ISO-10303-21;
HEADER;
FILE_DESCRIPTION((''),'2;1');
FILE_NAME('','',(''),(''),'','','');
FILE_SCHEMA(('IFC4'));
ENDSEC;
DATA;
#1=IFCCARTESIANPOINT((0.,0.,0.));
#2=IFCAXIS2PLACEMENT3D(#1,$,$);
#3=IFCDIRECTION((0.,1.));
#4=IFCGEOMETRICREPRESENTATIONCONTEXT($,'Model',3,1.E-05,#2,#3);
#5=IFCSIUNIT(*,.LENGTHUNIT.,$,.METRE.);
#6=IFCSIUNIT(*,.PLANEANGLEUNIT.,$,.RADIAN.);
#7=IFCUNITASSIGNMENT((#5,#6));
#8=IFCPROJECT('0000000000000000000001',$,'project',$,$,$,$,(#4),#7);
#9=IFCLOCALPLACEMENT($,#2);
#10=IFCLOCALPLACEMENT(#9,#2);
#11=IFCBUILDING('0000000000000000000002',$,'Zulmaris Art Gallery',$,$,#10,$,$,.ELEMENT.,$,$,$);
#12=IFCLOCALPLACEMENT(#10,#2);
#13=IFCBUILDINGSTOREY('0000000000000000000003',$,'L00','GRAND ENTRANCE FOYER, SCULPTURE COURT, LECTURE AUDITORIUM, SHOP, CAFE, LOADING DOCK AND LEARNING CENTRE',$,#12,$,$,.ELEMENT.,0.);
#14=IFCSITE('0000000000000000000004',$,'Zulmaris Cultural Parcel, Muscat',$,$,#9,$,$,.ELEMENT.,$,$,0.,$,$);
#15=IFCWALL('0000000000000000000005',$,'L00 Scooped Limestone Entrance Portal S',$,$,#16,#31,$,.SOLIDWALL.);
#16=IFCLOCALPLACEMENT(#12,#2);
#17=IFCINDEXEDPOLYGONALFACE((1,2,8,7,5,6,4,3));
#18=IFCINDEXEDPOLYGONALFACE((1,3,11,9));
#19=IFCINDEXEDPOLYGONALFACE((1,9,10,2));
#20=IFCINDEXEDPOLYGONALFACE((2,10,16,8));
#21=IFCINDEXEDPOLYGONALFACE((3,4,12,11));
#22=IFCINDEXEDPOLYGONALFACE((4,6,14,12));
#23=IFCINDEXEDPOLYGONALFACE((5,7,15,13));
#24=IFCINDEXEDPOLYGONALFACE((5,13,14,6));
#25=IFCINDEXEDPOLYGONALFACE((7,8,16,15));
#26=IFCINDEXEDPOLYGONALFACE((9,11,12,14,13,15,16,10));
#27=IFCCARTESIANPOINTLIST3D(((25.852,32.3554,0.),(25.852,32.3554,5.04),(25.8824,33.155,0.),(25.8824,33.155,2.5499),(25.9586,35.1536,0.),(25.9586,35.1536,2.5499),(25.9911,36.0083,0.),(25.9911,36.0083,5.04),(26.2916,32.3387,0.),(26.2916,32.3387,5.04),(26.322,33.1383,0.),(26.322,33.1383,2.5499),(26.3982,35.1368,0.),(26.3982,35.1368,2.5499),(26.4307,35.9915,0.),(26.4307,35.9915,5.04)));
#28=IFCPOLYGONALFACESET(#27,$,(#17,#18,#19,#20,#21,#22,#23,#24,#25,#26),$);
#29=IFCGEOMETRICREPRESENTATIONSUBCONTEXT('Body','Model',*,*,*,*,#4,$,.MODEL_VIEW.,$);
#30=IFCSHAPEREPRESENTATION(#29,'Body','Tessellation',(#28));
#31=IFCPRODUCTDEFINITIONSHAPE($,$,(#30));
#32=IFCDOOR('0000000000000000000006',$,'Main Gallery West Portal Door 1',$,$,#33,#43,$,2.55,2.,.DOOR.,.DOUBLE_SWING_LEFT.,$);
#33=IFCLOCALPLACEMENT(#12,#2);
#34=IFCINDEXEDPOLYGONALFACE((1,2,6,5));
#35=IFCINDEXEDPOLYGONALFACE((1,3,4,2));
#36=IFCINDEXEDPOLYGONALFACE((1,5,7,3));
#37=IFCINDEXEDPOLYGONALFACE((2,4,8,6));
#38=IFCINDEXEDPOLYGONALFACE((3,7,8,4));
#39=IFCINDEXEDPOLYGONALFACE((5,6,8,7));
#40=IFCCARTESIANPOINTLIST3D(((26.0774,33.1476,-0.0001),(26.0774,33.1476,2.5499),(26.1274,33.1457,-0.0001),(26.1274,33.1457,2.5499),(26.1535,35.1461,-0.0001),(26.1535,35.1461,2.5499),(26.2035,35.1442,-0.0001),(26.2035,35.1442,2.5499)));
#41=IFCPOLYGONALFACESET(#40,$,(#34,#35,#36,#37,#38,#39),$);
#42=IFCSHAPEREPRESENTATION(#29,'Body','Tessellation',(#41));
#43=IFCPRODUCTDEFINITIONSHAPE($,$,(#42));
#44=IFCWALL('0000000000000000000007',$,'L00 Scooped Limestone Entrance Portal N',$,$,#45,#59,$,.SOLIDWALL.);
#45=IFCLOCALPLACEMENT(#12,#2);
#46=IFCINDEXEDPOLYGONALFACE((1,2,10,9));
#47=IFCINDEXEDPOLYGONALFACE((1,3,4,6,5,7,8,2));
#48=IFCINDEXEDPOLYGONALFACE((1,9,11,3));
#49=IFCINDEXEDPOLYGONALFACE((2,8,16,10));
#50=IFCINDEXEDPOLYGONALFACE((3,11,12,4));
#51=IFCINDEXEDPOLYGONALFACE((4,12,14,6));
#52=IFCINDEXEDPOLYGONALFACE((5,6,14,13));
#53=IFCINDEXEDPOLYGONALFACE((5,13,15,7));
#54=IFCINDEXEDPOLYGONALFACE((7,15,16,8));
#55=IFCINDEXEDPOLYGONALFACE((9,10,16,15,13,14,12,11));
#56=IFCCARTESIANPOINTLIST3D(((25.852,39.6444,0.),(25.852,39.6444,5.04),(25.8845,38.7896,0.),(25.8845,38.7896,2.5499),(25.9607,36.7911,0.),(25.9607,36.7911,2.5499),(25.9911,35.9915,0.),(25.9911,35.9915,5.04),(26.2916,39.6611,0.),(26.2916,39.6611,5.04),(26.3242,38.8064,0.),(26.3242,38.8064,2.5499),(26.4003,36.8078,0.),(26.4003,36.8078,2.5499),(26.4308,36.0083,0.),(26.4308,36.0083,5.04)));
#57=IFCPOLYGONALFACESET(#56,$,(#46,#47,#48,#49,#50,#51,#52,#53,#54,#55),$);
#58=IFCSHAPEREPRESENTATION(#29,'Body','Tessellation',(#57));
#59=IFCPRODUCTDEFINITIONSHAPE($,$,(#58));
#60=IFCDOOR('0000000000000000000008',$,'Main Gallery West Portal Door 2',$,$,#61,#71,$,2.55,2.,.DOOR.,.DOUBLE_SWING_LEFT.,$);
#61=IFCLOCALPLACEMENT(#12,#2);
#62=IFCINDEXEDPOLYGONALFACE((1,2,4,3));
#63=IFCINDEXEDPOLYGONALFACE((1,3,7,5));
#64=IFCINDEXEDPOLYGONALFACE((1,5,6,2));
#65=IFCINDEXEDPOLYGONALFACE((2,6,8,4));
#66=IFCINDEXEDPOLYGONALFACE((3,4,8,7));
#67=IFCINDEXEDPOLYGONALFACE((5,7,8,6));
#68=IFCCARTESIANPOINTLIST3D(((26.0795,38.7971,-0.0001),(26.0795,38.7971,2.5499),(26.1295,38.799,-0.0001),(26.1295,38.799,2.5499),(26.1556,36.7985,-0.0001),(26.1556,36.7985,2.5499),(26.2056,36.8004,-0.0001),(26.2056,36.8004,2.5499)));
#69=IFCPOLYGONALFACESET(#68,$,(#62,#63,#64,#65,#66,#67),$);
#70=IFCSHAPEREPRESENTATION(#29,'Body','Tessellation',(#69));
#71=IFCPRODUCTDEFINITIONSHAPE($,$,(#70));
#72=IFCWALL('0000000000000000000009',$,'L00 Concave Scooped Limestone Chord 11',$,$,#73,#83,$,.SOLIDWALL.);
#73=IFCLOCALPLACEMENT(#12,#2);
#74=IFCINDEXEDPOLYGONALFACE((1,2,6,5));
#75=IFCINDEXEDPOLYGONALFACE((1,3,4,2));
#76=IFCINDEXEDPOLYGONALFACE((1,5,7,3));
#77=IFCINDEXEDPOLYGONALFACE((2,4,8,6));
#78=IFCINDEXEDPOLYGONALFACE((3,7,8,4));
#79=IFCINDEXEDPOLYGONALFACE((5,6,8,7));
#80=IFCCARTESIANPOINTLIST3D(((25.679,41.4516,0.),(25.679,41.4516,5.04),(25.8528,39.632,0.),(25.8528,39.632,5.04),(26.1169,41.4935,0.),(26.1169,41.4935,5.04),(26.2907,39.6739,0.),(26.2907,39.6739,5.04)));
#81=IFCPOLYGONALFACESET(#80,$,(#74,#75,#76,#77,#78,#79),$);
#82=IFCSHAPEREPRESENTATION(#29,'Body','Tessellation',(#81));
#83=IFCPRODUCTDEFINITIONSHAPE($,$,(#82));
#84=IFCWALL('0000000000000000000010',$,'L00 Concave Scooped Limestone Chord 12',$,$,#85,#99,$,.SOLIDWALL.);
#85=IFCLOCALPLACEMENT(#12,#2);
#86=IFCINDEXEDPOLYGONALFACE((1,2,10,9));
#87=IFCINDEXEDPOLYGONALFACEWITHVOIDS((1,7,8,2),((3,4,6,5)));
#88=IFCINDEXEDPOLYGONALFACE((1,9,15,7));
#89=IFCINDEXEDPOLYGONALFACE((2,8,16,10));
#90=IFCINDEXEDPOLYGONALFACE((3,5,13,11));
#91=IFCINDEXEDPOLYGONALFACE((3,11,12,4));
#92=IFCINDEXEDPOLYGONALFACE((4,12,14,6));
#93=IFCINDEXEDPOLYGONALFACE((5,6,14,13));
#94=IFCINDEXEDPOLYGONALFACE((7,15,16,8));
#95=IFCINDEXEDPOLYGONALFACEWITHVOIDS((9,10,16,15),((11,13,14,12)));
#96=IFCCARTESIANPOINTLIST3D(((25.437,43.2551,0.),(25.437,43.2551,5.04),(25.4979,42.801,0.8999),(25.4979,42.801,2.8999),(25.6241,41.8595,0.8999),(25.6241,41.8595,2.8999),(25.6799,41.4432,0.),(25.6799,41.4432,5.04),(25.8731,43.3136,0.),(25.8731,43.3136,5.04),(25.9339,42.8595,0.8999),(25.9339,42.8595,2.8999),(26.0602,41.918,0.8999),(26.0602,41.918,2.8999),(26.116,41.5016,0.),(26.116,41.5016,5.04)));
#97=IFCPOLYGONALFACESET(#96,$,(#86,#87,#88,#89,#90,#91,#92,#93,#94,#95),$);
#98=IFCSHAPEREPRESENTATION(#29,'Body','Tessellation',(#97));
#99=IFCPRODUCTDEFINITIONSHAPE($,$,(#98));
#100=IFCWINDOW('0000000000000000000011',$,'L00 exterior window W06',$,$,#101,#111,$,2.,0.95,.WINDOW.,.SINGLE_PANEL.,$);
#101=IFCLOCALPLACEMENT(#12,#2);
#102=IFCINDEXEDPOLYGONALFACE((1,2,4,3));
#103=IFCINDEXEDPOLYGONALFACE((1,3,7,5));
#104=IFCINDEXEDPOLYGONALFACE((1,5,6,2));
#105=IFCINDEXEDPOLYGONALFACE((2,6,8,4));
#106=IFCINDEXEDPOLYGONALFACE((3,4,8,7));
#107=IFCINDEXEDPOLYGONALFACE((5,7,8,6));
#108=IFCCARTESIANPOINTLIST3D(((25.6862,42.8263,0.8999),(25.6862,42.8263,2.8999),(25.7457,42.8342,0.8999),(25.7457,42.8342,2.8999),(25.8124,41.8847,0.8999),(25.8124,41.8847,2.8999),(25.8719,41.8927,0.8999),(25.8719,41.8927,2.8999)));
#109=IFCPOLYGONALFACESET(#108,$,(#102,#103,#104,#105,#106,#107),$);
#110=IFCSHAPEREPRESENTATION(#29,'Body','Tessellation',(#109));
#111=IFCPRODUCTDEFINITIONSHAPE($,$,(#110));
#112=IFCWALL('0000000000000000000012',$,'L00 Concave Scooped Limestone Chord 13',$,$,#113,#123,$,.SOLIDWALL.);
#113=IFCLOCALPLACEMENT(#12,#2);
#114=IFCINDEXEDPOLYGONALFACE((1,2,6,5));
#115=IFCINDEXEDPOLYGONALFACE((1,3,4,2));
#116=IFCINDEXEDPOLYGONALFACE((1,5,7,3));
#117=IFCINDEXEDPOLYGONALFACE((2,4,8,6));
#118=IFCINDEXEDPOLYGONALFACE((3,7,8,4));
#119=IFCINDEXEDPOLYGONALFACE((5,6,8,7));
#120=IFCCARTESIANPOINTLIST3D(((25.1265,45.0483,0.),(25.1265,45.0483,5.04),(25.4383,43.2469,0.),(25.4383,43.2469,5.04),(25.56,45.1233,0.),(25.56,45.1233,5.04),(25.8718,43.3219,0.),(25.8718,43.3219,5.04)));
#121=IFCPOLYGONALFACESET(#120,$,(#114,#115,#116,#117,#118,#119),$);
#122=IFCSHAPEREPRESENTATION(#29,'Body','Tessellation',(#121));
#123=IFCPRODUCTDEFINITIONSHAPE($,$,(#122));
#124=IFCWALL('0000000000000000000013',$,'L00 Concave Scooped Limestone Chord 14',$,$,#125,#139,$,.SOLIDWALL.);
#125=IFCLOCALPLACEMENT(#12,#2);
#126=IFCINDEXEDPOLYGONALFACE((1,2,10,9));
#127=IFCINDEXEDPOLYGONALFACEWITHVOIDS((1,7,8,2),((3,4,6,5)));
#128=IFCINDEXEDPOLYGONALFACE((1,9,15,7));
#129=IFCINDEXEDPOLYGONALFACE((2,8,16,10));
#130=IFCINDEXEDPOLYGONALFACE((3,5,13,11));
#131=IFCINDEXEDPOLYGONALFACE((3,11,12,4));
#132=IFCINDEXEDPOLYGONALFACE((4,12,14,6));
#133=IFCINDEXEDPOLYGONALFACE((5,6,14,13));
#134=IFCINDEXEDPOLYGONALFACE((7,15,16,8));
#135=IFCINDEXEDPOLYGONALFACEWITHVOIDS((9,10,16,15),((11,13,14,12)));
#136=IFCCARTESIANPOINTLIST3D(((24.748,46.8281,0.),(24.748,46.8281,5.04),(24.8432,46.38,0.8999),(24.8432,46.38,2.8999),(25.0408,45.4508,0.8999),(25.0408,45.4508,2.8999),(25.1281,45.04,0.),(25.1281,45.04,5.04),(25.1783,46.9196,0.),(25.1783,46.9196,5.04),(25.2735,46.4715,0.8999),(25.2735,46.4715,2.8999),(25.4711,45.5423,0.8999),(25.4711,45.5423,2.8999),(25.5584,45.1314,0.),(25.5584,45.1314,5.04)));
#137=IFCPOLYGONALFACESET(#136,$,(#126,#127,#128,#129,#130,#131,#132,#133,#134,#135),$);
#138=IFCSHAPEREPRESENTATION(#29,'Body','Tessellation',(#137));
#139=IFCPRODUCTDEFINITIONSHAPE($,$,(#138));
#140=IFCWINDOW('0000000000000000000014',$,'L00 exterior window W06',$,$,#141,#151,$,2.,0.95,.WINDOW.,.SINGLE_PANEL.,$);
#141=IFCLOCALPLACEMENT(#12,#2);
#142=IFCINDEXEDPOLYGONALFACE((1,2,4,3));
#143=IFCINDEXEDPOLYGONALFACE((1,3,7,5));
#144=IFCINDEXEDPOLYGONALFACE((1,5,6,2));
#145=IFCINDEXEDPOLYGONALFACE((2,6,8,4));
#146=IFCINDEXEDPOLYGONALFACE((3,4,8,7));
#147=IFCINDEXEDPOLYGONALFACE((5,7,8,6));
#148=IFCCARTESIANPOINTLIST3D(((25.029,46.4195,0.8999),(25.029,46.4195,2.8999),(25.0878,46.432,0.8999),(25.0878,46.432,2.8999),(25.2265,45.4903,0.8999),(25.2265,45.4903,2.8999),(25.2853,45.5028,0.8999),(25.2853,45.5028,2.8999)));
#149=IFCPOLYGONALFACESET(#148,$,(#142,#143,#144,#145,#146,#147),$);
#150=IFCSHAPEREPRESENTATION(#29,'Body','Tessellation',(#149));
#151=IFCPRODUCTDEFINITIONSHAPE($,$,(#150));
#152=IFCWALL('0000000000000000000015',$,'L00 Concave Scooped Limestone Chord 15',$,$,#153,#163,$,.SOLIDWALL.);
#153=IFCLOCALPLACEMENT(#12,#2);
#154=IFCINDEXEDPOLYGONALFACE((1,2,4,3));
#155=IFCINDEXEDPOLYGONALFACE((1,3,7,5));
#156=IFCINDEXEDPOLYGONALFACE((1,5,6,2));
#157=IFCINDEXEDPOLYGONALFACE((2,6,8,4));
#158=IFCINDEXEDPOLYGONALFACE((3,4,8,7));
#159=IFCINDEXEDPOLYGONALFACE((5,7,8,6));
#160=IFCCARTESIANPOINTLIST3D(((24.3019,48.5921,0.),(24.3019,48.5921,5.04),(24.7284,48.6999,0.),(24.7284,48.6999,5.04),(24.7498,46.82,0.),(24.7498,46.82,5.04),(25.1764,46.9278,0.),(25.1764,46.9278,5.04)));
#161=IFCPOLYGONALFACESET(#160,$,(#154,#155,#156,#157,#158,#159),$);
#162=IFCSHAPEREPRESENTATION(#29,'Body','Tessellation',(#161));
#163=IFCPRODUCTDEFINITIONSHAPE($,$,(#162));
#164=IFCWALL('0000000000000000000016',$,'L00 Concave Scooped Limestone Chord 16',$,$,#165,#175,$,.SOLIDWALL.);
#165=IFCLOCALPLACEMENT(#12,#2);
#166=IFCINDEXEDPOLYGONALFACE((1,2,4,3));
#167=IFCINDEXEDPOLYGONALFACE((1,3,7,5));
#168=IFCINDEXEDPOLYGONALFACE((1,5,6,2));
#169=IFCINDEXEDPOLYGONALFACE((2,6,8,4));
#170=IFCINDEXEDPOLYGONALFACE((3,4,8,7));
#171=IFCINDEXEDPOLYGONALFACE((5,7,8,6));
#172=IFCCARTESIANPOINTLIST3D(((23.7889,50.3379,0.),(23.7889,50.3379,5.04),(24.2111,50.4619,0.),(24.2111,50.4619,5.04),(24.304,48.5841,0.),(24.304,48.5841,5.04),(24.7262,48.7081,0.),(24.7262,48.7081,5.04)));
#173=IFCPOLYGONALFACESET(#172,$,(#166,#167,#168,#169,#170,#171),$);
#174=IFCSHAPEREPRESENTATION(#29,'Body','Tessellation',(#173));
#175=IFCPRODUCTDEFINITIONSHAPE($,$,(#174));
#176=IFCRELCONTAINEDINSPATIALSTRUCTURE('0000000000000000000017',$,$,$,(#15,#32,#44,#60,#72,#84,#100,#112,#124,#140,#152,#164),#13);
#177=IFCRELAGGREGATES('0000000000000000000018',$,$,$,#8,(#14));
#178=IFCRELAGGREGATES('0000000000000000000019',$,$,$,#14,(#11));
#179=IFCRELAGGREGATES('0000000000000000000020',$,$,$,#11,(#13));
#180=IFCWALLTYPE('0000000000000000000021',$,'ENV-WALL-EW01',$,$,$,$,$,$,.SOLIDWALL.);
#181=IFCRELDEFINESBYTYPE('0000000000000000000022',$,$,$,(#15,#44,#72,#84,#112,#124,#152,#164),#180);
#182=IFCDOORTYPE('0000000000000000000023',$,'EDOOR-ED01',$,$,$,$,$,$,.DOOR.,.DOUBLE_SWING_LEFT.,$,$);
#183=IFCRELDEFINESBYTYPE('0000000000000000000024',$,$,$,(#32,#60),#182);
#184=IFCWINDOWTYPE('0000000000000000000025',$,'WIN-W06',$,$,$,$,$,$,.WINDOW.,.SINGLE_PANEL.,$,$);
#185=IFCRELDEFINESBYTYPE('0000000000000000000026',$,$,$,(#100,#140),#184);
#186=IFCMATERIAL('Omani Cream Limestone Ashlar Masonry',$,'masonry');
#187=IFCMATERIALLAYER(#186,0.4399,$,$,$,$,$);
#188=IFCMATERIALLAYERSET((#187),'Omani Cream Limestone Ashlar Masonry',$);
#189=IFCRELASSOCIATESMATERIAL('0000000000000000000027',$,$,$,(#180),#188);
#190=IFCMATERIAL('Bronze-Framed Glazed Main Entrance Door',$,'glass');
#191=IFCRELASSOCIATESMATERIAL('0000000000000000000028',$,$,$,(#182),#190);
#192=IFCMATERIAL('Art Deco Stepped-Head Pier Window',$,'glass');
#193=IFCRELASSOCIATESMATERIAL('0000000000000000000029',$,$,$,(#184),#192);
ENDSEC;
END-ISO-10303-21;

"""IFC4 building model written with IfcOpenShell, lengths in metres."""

from ifc_helpers import new_model, si_unit, direction, frame, frame_2d, origin, place, context, subcontext, project, spatial, rectangle, extrude, material, layer, layer_set, type_object, element, fill, save


model = new_model("IFC4")

# Units and contexts
model_context = context("Model", 3, precision=1e-05, world=origin(), true_north=direction((0.0, 1.0)))
body_context = subcontext(model_context, "Body", "Model", "MODEL_VIEW")
ifc_project = project(units=[si_unit("LENGTHUNIT", "METRE"), si_unit("PLANEANGLEUNIT", "RADIAN")], contexts=[model_context])

# Site, building, storey
site_placement = place(None, origin())
site = spatial("IfcSite", under=ifc_project, at=site_placement, Name="Zulmaris Cultural Parcel, Muscat", CompositionType="ELEMENT", RefElevation=0.0)
building_placement = place(site_placement, origin())
building = spatial("IfcBuilding", under=site, at=building_placement, Name="Zulmaris Art Gallery", CompositionType="ELEMENT")
storey_placement = place(building_placement, origin())
storey = spatial("IfcBuildingStorey", under=building, at=storey_placement, Name="L00", Description="GRAND ENTRANCE FOYER, SCULPTURE COURT, LECTURE AUDITORIUM, SHOP, CAFE, LOADING DOCK AND LEARNING CENTRE", CompositionType="ELEMENT", Elevation=0.0)

# Walls, openings, doors
ifc_material_1 = material(Name="Omani Cream Limestone Ashlar Masonry", Category="masonry")
ifc_layer_1 = layer(ifc_material_1, 0.4399)
ifc_layer_set_1 = layer_set([ifc_layer_1], Name="Omani Cream Limestone Ashlar Masonry")
wall_type_1 = type_object("IfcWallType", Name="ENV-WALL-EW01", PredefinedType="SOLIDWALL", material=ifc_layer_set_1)
wall_1_placement = place(storey_placement, frame((26.0718, 32.3472, 0.0), z_axis=(0.0, 0.0, 1.0), x_axis=(0.038069, 0.999275, 0.0)))
wall_1 = element("IfcWall", 1, at=wall_1_placement, inside=storey, type_object=wall_type_1, Name="L00 Scooped Limestone Entrance Portal S", PredefinedType="SOLIDWALL", context=body_context, shape_type="SweptSolid", body=[
    extrude(rectangle(XDim=3.6555, YDim=0.4399, at=frame_2d((1.8276, 0.0))), origin(), (0.0, 0.0, 1.0), 5.04),
])
opening_1_placement = place(wall_1_placement, frame((0.8, 0.0, 0.0)))
opening_1 = element("IfcOpeningElement", 2, at=opening_1_placement, cuts=wall_1, PredefinedType="OPENING", context=body_context, shape_type="SweptSolid", body=[
    extrude(rectangle(XDim=2.0, YDim=2.55, at=frame_2d((1.0, 1.2749))), frame((0.0, 0.23, 0.0), z_axis=(0.0, -1.0, 0.0), x_axis=(1.0, 0.0, 0.0)), (0.0, 0.0, 1.0), 0.46),
])
ifc_material_2 = material(Name="Bronze-Framed Glazed Main Entrance Door", Category="glass")
door_type_1 = type_object("IfcDoorType", Name="EDOOR-ED01", OperationType="DOUBLE_SWING_LEFT", PredefinedType="DOOR", material=ifc_material_2)
door_1_placement = place(opening_1_placement, origin())
door_1 = element("IfcDoor", 3, at=door_1_placement, inside=storey, type_object=door_type_1, Name="Main Gallery West Portal Door 1", OperationType="DOUBLE_SWING_LEFT", OverallHeight=2.55, OverallWidth=2.0, PredefinedType="DOOR", context=body_context, shape_type="SweptSolid", body=[
    extrude(rectangle(XDim=2.0, YDim=2.55, at=frame_2d((1.0, 1.2749))), frame((0.0, 0.0249, 0.0), z_axis=(0.0, -1.0, 0.0), x_axis=(1.0, 0.0, 0.0)), (0.0, 0.0, 1.0), 0.05),
])
fill(opening_1, door_1)
wall_2_placement = place(storey_placement, frame((26.2109, 36.0, 0.0), z_axis=(0.0, 0.0, 1.0), x_axis=(-0.038069, 0.999275, 0.0)))
wall_2 = element("IfcWall", 4, at=wall_2_placement, inside=storey, type_object=wall_type_1, Name="L00 Scooped Limestone Entrance Portal N", PredefinedType="SOLIDWALL", context=body_context, shape_type="SweptSolid", body=[
    extrude(rectangle(XDim=3.6555, YDim=0.4399, at=frame_2d((1.8276, 0.0))), origin(), (0.0, 0.0, 1.0), 5.04),
])
opening_2_placement = place(wall_2_placement, frame((0.8, 0.0, 0.0)))
opening_2 = element("IfcOpeningElement", 5, at=opening_2_placement, cuts=wall_2, PredefinedType="OPENING", context=body_context, shape_type="SweptSolid", body=[
    extrude(rectangle(XDim=2.0, YDim=2.55, at=frame_2d((1.0, 1.2749))), frame((0.0, 0.23, 0.0), z_axis=(0.0, -1.0, 0.0), x_axis=(1.0, 0.0, 0.0)), (0.0, 0.0, 1.0), 0.46),
])
door_2_placement = place(opening_2_placement, origin())
door_2 = element("IfcDoor", 6, at=door_2_placement, inside=storey, type_object=door_type_1, Name="Main Gallery West Portal Door 2", OperationType="DOUBLE_SWING_LEFT", OverallHeight=2.55, OverallWidth=2.0, PredefinedType="DOOR", context=body_context, shape_type="SweptSolid", body=[
    extrude(rectangle(XDim=2.0, YDim=2.55, at=frame_2d((1.0, 1.2749))), frame((0.0, 0.0249, 0.0), z_axis=(0.0, -1.0, 0.0), x_axis=(1.0, 0.0, 0.0)), (0.0, 0.0, 1.0), 0.05),
])
fill(opening_2, door_2)

# Wall
wall_3_placement = place(storey_placement, frame((26.0718, 39.6528, 0.0), z_axis=(0.0, 0.0, 1.0), x_axis=(-0.095099, 0.995468, 0.0)))
element("IfcWall", 7, at=wall_3_placement, inside=storey, type_object=wall_type_1, Name="L00 Concave Scooped Limestone Chord 11", PredefinedType="SOLIDWALL", context=body_context, shape_type="SweptSolid", body=[
    extrude(rectangle(XDim=1.8279, YDim=0.4399, at=frame_2d((0.9141, 0.0))), origin(), (0.0, 0.0, 1.0), 5.04),
])

# Wall, opening, window
wall_4_placement = place(storey_placement, frame((25.8979, 41.4724, 0.0), z_axis=(0.0, 0.0, 1.0), x_axis=(-0.132872, 0.991133, 0.0)))
wall_4 = element("IfcWall", 8, at=wall_4_placement, inside=storey, type_object=wall_type_1, Name="L00 Concave Scooped Limestone Chord 12", PredefinedType="SOLIDWALL", context=body_context, shape_type="SweptSolid", body=[
    extrude(rectangle(XDim=1.8281, YDim=0.4399, at=frame_2d((0.9141, 0.0))), origin(), (0.0, 0.0, 1.0), 5.04),
])
opening_3_placement = place(wall_4_placement, frame((0.4199, 0.0, 0.8999)))
opening_3 = element("IfcOpeningElement", 9, at=opening_3_placement, cuts=wall_4, PredefinedType="OPENING", context=body_context, shape_type="SweptSolid", body=[
    extrude(rectangle(XDim=0.95, YDim=2.0, at=frame_2d((0.4751, 1.0))), frame((0.0, 0.23, 0.0), z_axis=(0.0, -1.0, 0.0), x_axis=(1.0, 0.0, 0.0)), (0.0, 0.0, 1.0), 0.46),
])
ifc_material_3 = material(Name="Art Deco Stepped-Head Pier Window", Category="glass")
window_type_1 = type_object("IfcWindowType", Name="WIN-W06", PartitioningType="SINGLE_PANEL", PredefinedType="WINDOW", material=ifc_material_3)
window_1_placement = place(opening_3_placement, origin())
window_1 = element("IfcWindow", 10, at=window_1_placement, inside=storey, type_object=window_type_1, Name="L00 exterior window W06", OverallHeight=2.0, OverallWidth=0.95, PartitioningType="SINGLE_PANEL", PredefinedType="WINDOW", context=body_context, shape_type="SweptSolid", body=[
    extrude(rectangle(XDim=0.95, YDim=2.0, at=frame_2d((0.4751, 1.0))), frame((0.0, 0.03, 0.0), z_axis=(0.0, -1.0, 0.0), x_axis=(1.0, 0.0, 0.0)), (0.0, 0.0, 1.0), 0.0601),
])
fill(opening_3, window_1)

# Wall
wall_5_placement = place(storey_placement, frame((25.655, 43.2844, 0.0), z_axis=(0.0, 0.0, 1.0), x_axis=(-0.170546, 0.98535, 0.0)))
element("IfcWall", 11, at=wall_5_placement, inside=storey, type_object=wall_type_1, Name="L00 Concave Scooped Limestone Chord 13", PredefinedType="SOLIDWALL", context=body_context, shape_type="SweptSolid", body=[
    extrude(rectangle(XDim=1.8281, YDim=0.4399, at=frame_2d((0.9141, 0.0))), origin(), (0.0, 0.0, 1.0), 5.04),
])

# Wall, opening, window
wall_6_placement = place(storey_placement, frame((25.3433, 45.0857, 0.0), z_axis=(0.0, 0.0, 1.0), x_axis=(-0.207942, 0.978141, 0.0)))
wall_6 = element("IfcWall", 12, at=wall_6_placement, inside=storey, type_object=wall_type_1, Name="L00 Concave Scooped Limestone Chord 14", PredefinedType="SOLIDWALL", context=body_context, shape_type="SweptSolid", body=[
    extrude(rectangle(XDim=1.8281, YDim=0.4399, at=frame_2d((0.9141, 0.0))), origin(), (0.0, 0.0, 1.0), 5.04),
])
opening_4_placement = place(wall_6_placement, frame((0.4199, 0.0, 0.8999)))
opening_4 = element("IfcOpeningElement", 13, at=opening_4_placement, cuts=wall_6, PredefinedType="OPENING", context=body_context, shape_type="SweptSolid", body=[
    extrude(rectangle(XDim=0.95, YDim=2.0, at=frame_2d((0.4751, 1.0))), frame((0.0, 0.23, 0.0), z_axis=(0.0, -1.0, 0.0), x_axis=(1.0, 0.0, 0.0)), (0.0, 0.0, 1.0), 0.46),
])
window_2_placement = place(opening_4_placement, origin())
window_2 = element("IfcWindow", 14, at=window_2_placement, inside=storey, type_object=window_type_1, Name="L00 exterior window W06", OverallHeight=2.0, OverallWidth=0.95, PartitioningType="SINGLE_PANEL", PredefinedType="WINDOW", context=body_context, shape_type="SweptSolid", body=[
    extrude(rectangle(XDim=0.95, YDim=2.0, at=frame_2d((0.4751, 1.0))), frame((0.0, 0.03, 0.0), z_axis=(0.0, -1.0, 0.0), x_axis=(1.0, 0.0, 0.0)), (0.0, 0.0, 1.0), 0.0601),
])
fill(opening_4, window_2)

# Walls
for number, where, z_axis, x_axis, name in (
    (15, (24.9631, 46.8738, 0.0), (0.0, 0.0, 1.0), (-0.24508, 0.969503, 0.0), "L00 Concave Scooped Limestone Chord 15"),
    (16, (24.5151, 48.646, 0.0), (0.0, 0.0, 1.0), (-0.281805, 0.959472, 0.0), "L00 Concave Scooped Limestone Chord 16"),
):
    element("IfcWall", number, at=place(storey_placement, frame(where, z_axis=z_axis, x_axis=x_axis)), inside=storey, type_object=wall_type_1, Name=name, PredefinedType="SOLIDWALL", context=body_context, shape_type="SweptSolid", body=[
        extrude(rectangle(XDim=1.8279, YDim=0.4399, at=frame_2d((0.9141, 0.0))), origin(), (0.0, 0.0, 1.0), 5.04),
    ])

save(model, "model.ifc")
